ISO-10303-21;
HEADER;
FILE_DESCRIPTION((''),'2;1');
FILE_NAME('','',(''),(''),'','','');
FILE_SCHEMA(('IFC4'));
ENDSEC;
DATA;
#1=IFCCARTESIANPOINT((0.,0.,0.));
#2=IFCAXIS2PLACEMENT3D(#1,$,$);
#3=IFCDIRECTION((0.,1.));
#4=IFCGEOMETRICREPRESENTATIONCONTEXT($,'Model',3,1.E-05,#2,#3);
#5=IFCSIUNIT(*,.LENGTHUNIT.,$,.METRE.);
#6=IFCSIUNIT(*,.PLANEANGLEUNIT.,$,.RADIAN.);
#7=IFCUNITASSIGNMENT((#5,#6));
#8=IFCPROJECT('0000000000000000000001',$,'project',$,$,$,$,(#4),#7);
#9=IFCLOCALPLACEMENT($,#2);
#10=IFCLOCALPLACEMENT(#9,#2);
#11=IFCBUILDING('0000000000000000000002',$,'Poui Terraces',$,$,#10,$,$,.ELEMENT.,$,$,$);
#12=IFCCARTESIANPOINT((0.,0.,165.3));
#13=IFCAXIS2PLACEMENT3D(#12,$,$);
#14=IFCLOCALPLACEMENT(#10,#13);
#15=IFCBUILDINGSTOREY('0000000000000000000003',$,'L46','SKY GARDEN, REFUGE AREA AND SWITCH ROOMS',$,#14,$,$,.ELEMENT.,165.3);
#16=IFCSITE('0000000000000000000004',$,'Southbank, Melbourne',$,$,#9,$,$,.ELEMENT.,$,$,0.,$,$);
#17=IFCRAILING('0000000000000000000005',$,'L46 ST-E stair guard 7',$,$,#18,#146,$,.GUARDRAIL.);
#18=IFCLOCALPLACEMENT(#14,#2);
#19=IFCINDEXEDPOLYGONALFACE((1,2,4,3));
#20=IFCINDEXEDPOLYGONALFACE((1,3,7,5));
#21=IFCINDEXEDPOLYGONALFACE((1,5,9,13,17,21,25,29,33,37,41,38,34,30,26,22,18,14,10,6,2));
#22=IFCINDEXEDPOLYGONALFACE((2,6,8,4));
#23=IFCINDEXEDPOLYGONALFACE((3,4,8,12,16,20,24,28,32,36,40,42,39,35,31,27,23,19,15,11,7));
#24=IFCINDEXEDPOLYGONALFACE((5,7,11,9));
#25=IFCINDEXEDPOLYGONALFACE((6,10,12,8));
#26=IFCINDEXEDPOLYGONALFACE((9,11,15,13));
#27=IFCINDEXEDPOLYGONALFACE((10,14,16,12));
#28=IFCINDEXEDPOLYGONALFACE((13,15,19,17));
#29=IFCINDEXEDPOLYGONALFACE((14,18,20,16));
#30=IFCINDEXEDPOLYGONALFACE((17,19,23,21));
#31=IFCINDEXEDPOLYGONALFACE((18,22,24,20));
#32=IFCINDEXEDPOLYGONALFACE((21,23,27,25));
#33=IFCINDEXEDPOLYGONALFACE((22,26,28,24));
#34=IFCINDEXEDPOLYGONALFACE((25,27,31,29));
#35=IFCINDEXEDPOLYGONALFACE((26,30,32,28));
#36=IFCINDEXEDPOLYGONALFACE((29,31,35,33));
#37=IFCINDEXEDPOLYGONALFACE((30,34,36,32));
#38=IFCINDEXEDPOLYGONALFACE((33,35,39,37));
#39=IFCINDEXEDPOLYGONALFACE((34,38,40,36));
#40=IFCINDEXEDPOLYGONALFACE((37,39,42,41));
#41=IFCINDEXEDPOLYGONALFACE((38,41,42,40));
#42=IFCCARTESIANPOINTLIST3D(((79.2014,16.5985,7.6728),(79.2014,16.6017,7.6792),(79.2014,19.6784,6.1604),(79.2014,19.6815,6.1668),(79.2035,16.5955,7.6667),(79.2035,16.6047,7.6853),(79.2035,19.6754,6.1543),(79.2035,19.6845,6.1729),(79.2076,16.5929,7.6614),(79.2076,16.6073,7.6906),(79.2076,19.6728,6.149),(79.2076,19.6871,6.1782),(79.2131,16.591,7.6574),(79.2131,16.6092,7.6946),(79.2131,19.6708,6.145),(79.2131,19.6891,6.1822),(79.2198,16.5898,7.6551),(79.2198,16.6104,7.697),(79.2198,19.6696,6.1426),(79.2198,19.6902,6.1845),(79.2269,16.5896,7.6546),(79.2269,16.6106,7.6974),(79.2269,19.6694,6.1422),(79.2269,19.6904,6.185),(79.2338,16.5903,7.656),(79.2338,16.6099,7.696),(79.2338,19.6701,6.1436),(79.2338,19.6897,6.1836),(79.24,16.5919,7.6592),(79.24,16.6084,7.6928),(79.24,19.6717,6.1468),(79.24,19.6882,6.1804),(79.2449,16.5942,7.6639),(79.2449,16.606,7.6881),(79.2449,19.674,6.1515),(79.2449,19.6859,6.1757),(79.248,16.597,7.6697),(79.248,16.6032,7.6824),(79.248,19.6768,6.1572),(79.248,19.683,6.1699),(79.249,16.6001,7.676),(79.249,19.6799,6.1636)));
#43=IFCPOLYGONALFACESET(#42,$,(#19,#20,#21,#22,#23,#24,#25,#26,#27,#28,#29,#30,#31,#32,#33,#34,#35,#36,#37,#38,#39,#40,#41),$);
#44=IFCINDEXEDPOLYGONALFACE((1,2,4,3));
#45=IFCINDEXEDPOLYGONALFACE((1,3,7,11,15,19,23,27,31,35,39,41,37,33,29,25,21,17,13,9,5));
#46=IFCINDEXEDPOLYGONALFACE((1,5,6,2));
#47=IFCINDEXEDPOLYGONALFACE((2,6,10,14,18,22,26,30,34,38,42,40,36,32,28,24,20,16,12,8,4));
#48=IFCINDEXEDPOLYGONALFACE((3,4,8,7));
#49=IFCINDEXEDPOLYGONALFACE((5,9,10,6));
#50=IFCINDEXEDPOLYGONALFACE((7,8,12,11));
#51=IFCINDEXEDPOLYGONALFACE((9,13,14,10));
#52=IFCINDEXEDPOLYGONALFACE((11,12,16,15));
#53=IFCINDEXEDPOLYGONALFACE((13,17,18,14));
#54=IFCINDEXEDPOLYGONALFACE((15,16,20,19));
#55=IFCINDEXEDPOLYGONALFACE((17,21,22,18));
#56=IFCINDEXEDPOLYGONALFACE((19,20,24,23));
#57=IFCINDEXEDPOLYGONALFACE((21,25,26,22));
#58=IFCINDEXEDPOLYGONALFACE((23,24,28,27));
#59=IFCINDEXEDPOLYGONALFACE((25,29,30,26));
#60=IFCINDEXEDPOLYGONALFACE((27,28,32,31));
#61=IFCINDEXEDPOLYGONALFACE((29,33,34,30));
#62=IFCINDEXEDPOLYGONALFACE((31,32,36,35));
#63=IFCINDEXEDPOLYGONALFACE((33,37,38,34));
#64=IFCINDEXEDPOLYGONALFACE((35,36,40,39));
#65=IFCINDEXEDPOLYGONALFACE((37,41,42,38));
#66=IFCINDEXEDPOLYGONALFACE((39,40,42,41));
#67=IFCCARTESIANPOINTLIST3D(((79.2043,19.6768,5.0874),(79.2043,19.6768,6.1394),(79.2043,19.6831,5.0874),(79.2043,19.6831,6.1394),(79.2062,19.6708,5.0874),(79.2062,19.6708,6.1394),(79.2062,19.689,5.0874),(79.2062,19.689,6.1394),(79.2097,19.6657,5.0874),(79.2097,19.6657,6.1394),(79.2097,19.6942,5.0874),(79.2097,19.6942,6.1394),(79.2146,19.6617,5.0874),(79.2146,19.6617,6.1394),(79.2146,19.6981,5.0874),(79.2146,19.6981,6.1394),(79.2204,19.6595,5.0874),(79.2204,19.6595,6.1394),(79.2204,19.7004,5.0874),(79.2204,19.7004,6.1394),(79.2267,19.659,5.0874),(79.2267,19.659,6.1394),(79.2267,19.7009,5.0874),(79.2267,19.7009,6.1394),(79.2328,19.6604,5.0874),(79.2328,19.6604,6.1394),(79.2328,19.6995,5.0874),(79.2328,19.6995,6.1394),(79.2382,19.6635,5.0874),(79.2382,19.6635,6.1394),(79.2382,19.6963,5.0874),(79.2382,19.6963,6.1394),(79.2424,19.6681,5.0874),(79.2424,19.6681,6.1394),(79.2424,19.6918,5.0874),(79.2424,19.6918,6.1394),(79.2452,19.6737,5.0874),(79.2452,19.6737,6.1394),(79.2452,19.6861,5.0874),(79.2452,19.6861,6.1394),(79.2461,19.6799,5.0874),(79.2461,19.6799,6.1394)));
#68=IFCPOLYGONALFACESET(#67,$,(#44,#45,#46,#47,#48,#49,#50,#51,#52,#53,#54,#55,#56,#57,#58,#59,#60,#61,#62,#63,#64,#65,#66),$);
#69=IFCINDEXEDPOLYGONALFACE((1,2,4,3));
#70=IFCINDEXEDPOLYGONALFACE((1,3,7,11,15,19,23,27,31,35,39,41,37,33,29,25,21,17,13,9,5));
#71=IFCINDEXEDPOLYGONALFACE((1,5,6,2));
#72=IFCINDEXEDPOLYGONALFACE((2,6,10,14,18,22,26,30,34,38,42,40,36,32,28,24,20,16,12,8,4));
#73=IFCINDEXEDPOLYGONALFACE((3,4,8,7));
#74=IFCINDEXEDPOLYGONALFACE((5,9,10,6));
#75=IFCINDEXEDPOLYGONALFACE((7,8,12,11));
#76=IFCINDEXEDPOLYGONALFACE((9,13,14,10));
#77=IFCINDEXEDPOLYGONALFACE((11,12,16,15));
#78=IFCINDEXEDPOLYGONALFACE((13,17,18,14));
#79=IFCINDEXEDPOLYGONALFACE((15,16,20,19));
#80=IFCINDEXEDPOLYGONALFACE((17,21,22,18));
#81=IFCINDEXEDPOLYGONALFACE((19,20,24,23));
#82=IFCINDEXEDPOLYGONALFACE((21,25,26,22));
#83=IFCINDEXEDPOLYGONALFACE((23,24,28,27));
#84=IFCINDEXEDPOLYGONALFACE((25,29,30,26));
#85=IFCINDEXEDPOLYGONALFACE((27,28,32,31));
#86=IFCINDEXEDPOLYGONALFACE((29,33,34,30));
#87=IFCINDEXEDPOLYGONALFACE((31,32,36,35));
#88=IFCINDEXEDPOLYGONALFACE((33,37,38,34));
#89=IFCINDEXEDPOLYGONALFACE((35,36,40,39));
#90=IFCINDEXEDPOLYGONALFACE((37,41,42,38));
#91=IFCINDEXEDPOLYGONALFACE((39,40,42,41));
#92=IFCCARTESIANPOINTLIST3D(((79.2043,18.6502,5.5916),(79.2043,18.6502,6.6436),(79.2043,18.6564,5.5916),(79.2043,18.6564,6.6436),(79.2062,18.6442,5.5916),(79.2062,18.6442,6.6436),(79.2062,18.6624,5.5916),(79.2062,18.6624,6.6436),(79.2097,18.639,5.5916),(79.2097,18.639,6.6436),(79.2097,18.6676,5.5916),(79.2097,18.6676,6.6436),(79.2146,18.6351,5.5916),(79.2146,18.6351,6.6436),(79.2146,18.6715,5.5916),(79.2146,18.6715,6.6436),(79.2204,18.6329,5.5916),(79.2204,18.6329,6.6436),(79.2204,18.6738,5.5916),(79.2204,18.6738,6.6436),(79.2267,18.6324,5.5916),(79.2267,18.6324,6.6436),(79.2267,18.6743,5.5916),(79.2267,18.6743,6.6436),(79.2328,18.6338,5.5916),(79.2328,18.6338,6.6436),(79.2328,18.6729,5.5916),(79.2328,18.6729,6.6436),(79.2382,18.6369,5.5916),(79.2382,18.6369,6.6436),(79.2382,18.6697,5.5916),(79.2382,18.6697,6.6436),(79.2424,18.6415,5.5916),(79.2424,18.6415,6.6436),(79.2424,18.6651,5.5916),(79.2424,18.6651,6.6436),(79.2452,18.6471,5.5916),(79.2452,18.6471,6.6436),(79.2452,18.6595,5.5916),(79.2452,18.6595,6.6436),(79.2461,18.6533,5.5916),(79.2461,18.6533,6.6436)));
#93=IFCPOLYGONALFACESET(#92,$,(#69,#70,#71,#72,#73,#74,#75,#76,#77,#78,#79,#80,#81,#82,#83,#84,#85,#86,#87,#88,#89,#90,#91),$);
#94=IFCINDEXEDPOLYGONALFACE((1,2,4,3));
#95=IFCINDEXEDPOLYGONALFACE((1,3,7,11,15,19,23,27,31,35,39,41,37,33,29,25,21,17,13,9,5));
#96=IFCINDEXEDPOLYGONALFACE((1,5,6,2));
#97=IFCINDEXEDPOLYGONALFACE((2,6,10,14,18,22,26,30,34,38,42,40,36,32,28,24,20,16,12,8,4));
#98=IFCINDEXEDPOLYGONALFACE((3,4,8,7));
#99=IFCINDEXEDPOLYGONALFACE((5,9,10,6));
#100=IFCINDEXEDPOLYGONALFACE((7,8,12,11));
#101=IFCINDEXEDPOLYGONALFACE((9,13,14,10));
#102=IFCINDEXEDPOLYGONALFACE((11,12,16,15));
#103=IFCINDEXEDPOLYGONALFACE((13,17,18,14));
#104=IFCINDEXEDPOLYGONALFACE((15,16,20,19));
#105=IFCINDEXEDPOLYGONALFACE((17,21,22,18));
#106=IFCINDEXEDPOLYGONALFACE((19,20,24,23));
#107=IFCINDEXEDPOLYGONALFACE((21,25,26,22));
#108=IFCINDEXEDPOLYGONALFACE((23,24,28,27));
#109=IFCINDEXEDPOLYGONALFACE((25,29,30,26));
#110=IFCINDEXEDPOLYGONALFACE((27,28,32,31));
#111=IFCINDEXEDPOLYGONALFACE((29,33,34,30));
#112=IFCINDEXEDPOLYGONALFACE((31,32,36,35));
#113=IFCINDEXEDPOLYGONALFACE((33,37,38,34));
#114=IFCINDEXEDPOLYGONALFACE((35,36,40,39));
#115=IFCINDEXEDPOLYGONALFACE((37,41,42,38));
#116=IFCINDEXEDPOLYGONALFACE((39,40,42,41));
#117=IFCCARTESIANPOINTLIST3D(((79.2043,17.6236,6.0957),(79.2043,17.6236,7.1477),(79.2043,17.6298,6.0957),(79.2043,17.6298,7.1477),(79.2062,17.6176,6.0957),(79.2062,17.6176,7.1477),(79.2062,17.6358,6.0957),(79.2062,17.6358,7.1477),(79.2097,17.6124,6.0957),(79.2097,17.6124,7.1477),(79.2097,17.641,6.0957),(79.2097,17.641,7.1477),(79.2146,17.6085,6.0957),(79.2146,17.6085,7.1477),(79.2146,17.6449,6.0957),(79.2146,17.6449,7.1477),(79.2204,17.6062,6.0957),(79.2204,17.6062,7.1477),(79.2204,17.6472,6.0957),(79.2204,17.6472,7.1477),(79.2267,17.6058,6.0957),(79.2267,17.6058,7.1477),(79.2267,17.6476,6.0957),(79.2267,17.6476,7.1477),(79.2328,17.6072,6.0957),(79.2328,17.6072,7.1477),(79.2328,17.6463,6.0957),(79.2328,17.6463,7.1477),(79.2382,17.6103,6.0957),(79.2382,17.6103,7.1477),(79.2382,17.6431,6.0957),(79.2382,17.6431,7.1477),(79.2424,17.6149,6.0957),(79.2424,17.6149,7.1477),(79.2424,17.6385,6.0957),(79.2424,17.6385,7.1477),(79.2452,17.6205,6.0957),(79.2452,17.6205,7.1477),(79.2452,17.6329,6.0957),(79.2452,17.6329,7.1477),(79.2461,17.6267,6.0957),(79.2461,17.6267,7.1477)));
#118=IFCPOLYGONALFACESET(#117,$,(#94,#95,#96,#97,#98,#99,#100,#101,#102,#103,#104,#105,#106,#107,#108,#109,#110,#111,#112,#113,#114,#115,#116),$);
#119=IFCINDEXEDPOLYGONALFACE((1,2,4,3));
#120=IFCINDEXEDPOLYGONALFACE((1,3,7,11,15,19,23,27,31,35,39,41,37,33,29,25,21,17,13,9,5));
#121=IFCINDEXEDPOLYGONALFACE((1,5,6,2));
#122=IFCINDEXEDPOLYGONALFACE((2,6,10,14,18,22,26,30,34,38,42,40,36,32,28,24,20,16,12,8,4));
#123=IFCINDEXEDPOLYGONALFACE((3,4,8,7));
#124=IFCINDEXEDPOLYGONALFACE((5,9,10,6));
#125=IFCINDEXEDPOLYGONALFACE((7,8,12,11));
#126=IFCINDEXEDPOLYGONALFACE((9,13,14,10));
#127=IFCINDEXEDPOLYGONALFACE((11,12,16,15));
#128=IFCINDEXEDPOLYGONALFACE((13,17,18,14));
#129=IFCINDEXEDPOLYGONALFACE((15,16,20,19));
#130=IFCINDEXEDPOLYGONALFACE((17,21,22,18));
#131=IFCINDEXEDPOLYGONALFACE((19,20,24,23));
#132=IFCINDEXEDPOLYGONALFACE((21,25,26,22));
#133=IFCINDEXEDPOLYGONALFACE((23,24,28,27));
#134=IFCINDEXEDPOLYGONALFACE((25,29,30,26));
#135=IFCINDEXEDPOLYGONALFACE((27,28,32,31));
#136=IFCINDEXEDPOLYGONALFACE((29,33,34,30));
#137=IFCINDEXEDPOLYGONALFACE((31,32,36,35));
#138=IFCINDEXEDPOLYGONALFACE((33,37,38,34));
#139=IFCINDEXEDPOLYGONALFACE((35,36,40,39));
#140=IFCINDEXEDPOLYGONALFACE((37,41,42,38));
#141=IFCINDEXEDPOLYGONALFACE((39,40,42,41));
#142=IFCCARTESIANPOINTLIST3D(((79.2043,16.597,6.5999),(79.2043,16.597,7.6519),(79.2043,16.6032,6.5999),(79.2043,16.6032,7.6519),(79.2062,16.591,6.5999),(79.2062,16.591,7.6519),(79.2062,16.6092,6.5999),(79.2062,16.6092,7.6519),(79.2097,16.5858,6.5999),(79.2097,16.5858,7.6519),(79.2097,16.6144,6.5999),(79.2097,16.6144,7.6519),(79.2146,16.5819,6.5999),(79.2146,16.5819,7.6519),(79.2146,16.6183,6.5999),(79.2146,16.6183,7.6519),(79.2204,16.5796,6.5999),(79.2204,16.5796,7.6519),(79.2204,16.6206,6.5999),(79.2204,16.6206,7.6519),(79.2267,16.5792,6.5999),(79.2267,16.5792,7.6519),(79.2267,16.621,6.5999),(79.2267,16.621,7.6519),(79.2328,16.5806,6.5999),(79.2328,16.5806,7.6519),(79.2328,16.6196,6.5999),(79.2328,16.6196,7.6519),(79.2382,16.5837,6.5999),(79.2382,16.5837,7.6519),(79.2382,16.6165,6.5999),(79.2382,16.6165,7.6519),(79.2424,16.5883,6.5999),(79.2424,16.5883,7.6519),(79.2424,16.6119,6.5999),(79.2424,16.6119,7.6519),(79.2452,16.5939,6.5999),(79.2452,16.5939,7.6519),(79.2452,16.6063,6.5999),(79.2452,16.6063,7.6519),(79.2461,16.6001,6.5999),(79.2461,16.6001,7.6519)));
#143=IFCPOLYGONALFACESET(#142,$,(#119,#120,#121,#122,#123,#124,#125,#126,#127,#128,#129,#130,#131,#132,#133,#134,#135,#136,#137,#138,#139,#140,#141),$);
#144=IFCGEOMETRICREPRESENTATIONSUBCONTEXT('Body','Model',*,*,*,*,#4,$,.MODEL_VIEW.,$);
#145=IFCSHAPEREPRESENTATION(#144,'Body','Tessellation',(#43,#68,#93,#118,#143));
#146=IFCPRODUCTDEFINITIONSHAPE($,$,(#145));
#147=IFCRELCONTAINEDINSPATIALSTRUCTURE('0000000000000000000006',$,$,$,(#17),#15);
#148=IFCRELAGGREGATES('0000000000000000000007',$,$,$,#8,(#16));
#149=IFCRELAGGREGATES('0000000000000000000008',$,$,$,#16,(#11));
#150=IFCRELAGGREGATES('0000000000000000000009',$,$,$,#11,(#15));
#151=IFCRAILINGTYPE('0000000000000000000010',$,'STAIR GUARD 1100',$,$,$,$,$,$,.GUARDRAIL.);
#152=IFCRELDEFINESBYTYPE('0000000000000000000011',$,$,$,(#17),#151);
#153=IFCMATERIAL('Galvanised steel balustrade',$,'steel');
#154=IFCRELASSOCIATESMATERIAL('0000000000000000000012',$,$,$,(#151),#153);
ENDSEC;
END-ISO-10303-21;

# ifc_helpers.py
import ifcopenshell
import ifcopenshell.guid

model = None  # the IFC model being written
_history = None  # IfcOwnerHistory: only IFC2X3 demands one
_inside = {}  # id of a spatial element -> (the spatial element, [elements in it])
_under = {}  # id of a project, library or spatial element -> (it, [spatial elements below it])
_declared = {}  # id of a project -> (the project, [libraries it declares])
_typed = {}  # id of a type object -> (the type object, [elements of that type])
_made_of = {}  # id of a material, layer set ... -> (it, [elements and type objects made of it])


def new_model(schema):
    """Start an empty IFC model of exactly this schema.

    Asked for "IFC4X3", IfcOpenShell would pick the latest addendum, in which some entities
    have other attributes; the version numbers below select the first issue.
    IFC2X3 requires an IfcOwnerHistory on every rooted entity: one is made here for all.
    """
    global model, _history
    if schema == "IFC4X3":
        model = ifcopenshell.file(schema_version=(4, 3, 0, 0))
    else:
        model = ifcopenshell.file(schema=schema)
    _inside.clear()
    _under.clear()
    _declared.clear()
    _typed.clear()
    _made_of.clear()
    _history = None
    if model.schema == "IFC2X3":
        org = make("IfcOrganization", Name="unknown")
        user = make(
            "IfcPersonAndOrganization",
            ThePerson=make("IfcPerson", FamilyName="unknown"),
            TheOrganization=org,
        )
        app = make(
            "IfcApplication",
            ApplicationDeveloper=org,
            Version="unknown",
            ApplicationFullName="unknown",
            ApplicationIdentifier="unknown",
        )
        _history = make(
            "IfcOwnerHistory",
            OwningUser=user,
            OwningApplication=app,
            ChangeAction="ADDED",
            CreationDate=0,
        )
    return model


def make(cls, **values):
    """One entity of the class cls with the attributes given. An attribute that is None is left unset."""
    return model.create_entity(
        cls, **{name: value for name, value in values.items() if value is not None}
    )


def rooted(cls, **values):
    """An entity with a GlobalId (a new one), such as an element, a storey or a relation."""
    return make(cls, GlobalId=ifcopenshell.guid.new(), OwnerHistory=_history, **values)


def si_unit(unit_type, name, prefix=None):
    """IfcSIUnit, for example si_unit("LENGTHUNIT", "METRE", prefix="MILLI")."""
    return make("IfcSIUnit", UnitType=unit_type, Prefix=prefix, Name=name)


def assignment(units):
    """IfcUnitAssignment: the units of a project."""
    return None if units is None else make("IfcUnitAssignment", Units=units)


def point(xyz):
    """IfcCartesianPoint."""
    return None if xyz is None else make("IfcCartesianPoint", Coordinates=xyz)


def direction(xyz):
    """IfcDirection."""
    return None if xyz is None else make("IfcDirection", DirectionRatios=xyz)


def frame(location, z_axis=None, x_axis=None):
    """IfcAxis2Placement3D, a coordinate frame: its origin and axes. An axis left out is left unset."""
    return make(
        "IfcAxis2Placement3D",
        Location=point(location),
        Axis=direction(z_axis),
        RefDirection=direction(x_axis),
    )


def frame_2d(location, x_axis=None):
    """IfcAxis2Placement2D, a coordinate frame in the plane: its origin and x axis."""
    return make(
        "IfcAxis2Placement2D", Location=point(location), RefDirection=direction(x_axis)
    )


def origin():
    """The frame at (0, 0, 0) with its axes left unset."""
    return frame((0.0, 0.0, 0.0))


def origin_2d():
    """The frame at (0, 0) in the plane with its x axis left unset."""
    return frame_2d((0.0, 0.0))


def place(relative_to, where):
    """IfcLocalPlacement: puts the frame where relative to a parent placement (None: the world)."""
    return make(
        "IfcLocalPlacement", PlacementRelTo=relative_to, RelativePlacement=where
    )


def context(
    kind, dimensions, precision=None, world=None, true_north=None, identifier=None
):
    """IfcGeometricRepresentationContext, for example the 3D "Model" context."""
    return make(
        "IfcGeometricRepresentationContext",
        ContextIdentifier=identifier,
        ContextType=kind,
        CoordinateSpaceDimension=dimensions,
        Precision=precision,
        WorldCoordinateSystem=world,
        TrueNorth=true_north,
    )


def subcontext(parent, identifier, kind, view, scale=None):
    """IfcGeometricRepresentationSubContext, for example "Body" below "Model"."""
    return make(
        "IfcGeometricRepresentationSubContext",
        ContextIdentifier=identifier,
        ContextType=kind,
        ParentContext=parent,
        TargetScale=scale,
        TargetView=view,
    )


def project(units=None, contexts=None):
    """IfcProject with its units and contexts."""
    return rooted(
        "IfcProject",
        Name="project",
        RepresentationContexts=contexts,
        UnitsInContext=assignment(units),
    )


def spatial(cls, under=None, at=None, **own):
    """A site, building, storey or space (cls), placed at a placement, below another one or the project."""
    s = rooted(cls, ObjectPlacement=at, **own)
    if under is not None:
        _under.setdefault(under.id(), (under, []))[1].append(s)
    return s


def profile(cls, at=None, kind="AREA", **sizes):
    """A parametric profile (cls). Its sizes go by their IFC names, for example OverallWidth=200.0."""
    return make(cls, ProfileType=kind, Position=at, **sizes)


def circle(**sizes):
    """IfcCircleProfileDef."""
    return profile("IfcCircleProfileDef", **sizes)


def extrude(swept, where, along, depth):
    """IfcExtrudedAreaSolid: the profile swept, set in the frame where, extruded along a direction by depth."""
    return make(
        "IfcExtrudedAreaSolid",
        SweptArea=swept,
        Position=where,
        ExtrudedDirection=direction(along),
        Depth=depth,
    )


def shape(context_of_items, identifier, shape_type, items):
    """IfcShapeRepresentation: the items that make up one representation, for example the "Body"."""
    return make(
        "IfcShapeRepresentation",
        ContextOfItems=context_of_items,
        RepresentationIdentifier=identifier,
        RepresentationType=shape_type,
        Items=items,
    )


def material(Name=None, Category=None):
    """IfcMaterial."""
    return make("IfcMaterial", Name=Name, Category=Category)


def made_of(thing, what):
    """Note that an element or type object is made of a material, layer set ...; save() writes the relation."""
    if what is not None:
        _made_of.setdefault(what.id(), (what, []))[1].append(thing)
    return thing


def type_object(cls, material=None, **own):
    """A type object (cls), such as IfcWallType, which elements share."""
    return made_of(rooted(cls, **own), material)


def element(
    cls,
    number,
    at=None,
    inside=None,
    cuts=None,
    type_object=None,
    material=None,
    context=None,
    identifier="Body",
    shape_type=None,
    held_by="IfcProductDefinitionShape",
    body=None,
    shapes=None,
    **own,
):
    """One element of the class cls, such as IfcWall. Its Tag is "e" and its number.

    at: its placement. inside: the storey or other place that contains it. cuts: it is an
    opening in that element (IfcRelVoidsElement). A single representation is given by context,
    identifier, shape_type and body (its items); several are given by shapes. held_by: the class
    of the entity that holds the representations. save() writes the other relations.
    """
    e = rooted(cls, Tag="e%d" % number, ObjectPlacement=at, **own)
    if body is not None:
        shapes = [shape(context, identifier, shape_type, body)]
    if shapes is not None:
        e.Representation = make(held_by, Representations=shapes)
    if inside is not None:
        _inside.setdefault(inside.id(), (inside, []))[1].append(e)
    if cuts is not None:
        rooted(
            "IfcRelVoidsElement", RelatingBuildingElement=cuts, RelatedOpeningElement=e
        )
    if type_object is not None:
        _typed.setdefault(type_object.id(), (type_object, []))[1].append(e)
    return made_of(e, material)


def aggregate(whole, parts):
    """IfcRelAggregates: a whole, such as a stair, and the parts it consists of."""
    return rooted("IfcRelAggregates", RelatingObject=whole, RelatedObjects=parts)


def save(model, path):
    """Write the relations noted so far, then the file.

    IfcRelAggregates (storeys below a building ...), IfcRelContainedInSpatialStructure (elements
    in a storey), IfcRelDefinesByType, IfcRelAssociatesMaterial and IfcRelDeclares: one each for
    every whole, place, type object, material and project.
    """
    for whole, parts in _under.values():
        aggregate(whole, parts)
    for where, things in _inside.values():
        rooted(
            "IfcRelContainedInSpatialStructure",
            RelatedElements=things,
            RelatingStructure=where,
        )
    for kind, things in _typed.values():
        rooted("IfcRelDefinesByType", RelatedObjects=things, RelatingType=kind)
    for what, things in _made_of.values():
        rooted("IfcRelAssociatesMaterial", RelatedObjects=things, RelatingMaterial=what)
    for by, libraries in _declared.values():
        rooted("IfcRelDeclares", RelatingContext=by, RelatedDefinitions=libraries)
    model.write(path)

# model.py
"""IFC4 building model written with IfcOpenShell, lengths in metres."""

from ifc_helpers import new_model, si_unit, direction, frame, origin, origin_2d, place, context, subcontext, project, spatial, circle, extrude, material, type_object, element, save


model = new_model("IFC4")

# Units and contexts
model_context = context("Model", 3, precision=1e-05, world=origin(), true_north=direction((0.0, 1.0)))
body_context = subcontext(model_context, "Body", "Model", "MODEL_VIEW")
ifc_project = project(units=[si_unit("LENGTHUNIT", "METRE"), si_unit("PLANEANGLEUNIT", "RADIAN")], contexts=[model_context])

# Site, building, storey
site_placement = place(None, origin())
site = spatial("IfcSite", under=ifc_project, at=site_placement, Name="Southbank, Melbourne", CompositionType="ELEMENT", RefElevation=0.0)
building_placement = place(site_placement, origin())
building = spatial("IfcBuilding", under=site, at=building_placement, Name="Poui Terraces", CompositionType="ELEMENT")
storey_placement = place(building_placement, frame((0.0, 0.0, 165.3)))
storey = spatial("IfcBuildingStorey", under=building, at=storey_placement, Name="L46", Description="SKY GARDEN, REFUGE AREA AND SWITCH ROOMS", CompositionType="ELEMENT", Elevation=165.3)

# Railing
ifc_material_1 = material(Name="Galvanised steel balustrade", Category="steel")
railing_type_1 = type_object("IfcRailingType", Name="STAIR GUARD 1100", PredefinedType="GUARDRAIL", material=ifc_material_1)
railing_1_placement = place(storey_placement, frame((79.2251, 19.6799, 5.0874)))
element("IfcRailing", 1, at=railing_1_placement, inside=storey, type_object=railing_type_1, Name="L46 ST-E stair guard 7", PredefinedType="GUARDRAIL", context=body_context, shape_type="SweptSolid", body=[
    extrude(circle(Radius=0.0239, at=origin_2d()), frame((0.0, 0.0, 1.0762), z_axis=(0.0, -0.897606, 0.440798), x_axis=(1.0, 0.0, 0.0)), (0.0, 0.0, 1.0), 3.4312),
    extrude(circle(Radius=0.021, at=origin_2d()), origin(), (0.0, 0.0, 1.0), 1.052),
    extrude(circle(Radius=0.021, at=origin_2d()), frame((0.0, -1.0266, 0.5042)), (0.0, 0.0, 1.0), 1.052),
    extrude(circle(Radius=0.021, at=origin_2d()), frame((0.0, -2.0532, 1.0083)), (0.0, 0.0, 1.0), 1.052),
    extrude(circle(Radius=0.021, at=origin_2d()), frame((0.0, -3.0798, 1.5125)), (0.0, 0.0, 1.0), 1.052),
])

save(model, "model.ifc")
